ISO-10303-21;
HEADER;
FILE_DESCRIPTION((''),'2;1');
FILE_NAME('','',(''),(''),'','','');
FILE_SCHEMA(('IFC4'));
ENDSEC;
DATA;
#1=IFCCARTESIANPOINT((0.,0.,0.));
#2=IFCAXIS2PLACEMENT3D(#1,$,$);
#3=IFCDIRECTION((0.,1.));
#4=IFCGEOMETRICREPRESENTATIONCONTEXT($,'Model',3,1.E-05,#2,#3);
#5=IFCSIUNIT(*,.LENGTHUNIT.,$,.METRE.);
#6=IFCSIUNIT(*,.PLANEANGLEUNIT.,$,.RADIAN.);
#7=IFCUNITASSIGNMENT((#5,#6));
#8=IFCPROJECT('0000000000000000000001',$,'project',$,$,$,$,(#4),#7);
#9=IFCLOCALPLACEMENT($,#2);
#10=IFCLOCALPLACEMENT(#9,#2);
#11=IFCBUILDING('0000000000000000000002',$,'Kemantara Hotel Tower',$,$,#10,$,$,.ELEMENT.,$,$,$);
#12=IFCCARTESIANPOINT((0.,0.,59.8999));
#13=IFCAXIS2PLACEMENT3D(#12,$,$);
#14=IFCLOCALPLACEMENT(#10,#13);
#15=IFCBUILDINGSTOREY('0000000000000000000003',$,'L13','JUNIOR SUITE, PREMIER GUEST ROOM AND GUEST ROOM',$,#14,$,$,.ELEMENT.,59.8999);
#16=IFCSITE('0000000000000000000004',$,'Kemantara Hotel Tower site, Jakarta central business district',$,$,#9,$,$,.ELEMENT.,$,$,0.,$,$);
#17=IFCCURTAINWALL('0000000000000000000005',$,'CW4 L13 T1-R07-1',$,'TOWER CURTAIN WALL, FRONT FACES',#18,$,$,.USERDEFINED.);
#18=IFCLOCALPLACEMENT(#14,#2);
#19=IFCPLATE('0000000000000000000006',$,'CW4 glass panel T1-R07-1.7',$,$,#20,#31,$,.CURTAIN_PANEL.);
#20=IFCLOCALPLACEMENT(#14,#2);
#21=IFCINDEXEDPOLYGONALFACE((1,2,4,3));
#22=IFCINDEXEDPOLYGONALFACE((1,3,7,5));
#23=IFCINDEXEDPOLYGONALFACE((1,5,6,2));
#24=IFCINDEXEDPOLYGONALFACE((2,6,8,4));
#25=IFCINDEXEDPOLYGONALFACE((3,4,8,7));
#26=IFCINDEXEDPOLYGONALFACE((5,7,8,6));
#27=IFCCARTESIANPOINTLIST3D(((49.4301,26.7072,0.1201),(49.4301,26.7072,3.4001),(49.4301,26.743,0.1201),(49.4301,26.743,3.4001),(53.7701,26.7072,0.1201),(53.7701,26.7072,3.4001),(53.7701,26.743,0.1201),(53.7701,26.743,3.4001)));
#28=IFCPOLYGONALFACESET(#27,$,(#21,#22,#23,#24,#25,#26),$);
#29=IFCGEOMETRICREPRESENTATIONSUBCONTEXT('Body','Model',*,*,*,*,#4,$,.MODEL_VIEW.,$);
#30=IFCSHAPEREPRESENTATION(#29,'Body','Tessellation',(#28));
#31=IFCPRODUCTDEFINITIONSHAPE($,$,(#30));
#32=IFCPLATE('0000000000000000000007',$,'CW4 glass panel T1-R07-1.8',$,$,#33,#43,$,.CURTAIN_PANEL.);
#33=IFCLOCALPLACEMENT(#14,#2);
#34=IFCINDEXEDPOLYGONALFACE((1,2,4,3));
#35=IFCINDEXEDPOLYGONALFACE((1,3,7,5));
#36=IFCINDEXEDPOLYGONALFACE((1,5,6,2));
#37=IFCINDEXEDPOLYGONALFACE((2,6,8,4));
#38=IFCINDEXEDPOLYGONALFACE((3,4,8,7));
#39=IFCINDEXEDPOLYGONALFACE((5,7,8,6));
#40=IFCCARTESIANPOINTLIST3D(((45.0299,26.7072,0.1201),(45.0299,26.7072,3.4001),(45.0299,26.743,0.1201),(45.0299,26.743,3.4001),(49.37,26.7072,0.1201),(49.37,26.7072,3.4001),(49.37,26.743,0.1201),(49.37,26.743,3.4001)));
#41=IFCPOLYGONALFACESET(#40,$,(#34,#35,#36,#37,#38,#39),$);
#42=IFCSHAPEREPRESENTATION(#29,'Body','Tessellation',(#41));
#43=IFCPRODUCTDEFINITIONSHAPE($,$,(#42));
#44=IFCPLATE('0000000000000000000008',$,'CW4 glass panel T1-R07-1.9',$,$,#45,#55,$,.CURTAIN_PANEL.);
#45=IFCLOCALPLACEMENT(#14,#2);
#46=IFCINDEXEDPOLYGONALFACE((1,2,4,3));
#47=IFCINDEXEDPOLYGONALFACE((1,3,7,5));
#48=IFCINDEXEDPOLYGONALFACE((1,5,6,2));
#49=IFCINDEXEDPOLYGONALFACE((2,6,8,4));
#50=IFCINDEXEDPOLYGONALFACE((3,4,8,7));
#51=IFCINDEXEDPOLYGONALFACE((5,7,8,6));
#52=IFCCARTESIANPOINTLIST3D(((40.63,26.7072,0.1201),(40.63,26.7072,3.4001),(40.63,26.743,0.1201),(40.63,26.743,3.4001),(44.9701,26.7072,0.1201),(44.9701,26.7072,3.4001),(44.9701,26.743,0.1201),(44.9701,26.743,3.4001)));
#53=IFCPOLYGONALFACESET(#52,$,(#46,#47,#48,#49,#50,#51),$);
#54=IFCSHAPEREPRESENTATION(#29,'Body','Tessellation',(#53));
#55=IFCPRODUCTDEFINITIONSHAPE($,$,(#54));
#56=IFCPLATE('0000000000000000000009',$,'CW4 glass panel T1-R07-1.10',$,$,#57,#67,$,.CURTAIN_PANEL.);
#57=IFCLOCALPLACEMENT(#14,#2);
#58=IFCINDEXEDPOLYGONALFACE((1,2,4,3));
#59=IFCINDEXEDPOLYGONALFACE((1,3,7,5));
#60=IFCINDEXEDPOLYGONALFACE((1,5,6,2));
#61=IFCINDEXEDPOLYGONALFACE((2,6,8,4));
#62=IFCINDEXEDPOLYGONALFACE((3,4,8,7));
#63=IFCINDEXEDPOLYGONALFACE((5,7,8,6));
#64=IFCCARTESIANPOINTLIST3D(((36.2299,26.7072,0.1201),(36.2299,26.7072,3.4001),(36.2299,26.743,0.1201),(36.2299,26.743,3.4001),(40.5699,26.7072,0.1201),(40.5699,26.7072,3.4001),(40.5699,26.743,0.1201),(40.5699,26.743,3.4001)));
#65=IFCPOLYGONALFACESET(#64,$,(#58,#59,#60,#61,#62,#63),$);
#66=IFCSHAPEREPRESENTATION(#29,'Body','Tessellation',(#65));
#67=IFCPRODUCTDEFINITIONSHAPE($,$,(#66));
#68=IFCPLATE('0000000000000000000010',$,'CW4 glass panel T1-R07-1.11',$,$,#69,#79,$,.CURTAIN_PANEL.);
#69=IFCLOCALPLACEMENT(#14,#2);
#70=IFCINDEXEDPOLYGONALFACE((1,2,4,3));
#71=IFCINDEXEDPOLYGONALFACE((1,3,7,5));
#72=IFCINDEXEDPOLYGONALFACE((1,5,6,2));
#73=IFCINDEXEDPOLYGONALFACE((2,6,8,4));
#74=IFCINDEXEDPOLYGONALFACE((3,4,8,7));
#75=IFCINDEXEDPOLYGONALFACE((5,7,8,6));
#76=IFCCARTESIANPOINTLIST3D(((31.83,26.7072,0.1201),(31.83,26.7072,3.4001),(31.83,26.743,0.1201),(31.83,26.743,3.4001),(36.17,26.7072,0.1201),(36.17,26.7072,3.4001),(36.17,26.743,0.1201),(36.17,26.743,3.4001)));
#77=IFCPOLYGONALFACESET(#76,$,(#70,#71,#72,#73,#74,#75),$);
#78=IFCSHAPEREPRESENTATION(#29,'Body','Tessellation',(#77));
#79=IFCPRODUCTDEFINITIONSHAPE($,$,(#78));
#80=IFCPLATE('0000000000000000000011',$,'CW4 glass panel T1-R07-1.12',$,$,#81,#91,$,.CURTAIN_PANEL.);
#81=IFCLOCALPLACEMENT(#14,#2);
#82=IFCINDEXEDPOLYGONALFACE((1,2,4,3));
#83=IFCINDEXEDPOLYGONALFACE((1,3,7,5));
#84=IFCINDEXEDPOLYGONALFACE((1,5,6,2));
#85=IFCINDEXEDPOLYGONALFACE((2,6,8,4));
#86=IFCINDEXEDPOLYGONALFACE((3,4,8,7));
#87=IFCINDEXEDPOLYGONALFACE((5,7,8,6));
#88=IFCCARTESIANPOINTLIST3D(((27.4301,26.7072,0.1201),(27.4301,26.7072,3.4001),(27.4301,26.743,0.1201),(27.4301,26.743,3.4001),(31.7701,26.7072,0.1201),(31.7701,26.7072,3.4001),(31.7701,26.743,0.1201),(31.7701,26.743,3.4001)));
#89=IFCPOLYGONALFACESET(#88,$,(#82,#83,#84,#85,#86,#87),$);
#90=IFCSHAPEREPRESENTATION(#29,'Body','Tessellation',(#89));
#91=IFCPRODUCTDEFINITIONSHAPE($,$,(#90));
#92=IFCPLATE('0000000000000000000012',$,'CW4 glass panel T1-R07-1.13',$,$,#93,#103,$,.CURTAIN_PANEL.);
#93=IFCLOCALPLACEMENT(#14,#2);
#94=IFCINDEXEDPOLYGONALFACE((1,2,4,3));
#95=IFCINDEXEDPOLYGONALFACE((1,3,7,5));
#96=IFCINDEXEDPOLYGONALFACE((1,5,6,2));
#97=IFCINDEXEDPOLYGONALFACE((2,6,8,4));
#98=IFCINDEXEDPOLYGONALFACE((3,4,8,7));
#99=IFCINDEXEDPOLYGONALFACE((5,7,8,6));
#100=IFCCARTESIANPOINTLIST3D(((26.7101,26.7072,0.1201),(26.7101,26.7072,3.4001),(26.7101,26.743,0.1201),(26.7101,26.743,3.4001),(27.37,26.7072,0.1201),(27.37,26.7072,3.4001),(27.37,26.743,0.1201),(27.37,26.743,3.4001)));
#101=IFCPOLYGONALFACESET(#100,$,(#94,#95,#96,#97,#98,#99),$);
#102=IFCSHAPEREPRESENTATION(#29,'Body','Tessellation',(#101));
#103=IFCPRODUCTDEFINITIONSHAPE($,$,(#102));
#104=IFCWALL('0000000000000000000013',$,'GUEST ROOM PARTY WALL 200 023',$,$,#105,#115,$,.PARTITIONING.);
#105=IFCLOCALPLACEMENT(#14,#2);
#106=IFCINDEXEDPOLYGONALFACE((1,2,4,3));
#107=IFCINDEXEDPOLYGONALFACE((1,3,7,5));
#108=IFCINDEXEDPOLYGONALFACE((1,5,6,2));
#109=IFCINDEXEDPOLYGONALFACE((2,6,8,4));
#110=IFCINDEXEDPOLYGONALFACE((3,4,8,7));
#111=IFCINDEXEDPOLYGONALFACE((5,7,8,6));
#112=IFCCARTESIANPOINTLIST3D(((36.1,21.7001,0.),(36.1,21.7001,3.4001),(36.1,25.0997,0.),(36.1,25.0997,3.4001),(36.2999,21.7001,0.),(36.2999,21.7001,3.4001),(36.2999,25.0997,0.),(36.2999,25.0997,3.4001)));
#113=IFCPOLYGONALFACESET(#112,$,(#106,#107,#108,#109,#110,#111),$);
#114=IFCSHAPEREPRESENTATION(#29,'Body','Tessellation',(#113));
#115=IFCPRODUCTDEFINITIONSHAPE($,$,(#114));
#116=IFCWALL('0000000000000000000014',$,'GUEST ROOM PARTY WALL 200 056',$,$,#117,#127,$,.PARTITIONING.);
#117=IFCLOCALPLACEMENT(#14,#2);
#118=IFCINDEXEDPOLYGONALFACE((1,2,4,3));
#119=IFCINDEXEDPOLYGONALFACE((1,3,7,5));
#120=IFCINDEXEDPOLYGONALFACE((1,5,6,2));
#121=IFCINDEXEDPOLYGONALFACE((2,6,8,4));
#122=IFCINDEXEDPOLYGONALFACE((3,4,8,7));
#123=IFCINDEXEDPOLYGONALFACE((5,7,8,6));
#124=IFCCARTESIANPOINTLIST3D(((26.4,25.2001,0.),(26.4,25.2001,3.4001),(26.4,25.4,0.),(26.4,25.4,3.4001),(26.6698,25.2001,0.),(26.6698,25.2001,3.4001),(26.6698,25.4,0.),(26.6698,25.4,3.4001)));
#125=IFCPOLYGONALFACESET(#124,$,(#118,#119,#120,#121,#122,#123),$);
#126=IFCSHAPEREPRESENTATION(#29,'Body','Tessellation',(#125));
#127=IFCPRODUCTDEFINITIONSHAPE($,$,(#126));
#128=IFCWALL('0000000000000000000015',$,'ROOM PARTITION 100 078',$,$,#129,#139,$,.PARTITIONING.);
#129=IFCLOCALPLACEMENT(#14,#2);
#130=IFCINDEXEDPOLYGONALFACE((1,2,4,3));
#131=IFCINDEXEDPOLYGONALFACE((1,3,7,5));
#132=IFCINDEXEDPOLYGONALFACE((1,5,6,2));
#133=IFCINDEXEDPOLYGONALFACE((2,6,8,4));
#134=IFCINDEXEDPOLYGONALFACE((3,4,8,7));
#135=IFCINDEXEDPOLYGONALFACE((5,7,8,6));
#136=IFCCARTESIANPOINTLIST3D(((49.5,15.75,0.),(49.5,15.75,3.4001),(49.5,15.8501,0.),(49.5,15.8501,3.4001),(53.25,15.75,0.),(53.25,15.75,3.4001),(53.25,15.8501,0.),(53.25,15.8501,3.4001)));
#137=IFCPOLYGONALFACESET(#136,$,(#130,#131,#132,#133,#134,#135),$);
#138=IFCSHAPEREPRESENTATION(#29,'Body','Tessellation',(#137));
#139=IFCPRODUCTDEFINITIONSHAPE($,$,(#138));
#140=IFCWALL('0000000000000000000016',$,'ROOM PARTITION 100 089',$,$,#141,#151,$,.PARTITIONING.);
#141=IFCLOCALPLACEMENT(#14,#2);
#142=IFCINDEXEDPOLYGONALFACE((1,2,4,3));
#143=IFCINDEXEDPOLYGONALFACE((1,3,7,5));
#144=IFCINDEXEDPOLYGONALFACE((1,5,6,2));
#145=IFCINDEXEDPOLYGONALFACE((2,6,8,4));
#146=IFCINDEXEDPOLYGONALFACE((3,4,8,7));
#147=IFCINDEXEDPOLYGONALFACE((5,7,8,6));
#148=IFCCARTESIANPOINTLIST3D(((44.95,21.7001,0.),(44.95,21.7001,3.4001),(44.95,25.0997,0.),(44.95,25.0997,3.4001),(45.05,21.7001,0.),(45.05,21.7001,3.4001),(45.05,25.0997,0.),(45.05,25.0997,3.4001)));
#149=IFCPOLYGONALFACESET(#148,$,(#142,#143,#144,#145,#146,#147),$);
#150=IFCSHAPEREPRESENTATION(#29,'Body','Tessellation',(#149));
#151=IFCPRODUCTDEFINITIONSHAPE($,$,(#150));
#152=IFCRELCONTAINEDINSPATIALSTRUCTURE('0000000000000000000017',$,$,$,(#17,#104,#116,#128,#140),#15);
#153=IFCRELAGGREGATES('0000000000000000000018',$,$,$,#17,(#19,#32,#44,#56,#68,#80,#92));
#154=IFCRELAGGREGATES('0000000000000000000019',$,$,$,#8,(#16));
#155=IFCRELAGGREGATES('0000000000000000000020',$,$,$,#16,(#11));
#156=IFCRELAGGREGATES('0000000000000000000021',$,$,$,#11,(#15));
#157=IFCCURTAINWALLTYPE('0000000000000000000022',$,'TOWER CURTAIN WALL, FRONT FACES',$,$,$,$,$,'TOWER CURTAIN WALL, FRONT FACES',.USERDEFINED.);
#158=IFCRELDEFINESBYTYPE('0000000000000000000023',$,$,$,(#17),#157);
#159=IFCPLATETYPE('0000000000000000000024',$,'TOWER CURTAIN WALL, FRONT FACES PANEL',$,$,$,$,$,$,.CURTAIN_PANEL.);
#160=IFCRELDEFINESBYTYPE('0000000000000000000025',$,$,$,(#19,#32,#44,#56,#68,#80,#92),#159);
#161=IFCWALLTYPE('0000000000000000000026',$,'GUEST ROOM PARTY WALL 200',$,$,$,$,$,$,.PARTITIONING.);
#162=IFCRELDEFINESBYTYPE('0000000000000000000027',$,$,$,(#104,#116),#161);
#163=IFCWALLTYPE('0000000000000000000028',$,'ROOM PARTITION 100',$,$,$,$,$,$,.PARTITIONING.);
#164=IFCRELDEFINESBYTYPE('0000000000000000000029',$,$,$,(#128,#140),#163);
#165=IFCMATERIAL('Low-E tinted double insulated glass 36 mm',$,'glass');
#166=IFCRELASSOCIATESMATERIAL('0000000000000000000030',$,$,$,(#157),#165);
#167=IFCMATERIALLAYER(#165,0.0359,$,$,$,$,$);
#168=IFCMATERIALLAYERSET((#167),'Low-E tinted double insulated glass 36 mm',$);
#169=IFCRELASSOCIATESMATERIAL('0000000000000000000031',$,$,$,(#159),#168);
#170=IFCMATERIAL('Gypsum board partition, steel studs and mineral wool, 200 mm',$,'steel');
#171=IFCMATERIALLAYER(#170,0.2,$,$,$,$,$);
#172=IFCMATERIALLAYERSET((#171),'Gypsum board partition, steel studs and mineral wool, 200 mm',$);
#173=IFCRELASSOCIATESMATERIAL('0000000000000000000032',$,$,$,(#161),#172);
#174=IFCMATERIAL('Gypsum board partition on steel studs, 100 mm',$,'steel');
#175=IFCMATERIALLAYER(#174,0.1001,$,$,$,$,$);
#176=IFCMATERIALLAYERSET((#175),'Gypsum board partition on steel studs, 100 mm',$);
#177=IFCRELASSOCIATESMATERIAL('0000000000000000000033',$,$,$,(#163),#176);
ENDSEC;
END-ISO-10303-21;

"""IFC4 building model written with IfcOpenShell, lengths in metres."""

from ifc_helpers import new_model, si_unit, direction, frame, frame_2d, origin, origin_2d, place, context, subcontext, project, spatial, rectangle, extrude, source, transform, mapped, material, layer, layer_set, type_object, element, aggregate, save


model = new_model("IFC4")

# Units and contexts
model_context = context("Model", 3, precision=1e-05, world=origin(), true_north=direction((0.0, 1.0)))
body_context = subcontext(model_context, "Body", "Model", "MODEL_VIEW")
ifc_project = project(units=[si_unit("LENGTHUNIT", "METRE"), si_unit("PLANEANGLEUNIT", "RADIAN")], contexts=[model_context])

# Site, building, storey
site_placement = place(None, origin())
site = spatial("IfcSite", under=ifc_project, at=site_placement, Name="Kemantara Hotel Tower site, Jakarta central business district", CompositionType="ELEMENT", RefElevation=0.0)
building_placement = place(site_placement, origin())
building = spatial("IfcBuilding", under=site, at=building_placement, Name="Kemantara Hotel Tower", CompositionType="ELEMENT")
storey_placement = place(building_placement, frame((0.0, 0.0, 59.8999)))
storey = spatial("IfcBuildingStorey", under=building, at=storey_placement, Name="L13", Description="JUNIOR SUITE, PREMIER GUEST ROOM AND GUEST ROOM", CompositionType="ELEMENT", Elevation=59.8999)

# Curtain wall, plates
ifc_material_1 = material(Name="Low-E tinted double insulated glass 36 mm", Category="glass")
curtain_wall_type = type_object("IfcCurtainWallType", Name="TOWER CURTAIN WALL, FRONT FACES", ElementType="TOWER CURTAIN WALL, FRONT FACES", PredefinedType="USERDEFINED", material=ifc_material_1)
curtain_wall_placement = place(storey_placement, origin())
curtain_wall = element("IfcCurtainWall", 1, at=curtain_wall_placement, inside=storey, type_object=curtain_wall_type, Name="CW4 L13 T1-R07-1", ObjectType="TOWER CURTAIN WALL, FRONT FACES", PredefinedType="USERDEFINED")
ifc_layer_1 = layer(ifc_material_1, 0.0359)
ifc_layer_set_1 = layer_set([ifc_layer_1], Name="Low-E tinted double insulated glass 36 mm")
plate_type = type_object("IfcPlateType", Name="TOWER CURTAIN WALL, FRONT FACES PANEL", PredefinedType="CURTAIN_PANEL", material=ifc_layer_set_1)
shared_shape_1 = source(origin(), body_context, "Body", "SweptSolid", [
    extrude(rectangle(XDim=4.3401, YDim=0.0359, at=origin_2d()), origin(), (0.0, 0.0, 1.0), 3.28),
])
plate_1_placement = place(storey_placement, frame((51.6001, 26.7251, 0.1201), z_axis=(0.0, 0.0, 1.0), x_axis=(-1.0, 0.0, 0.0)))
plate_1 = element("IfcPlate", 2, at=plate_1_placement, type_object=plate_type, Name="CW4 glass panel T1-R07-1.7", PredefinedType="CURTAIN_PANEL", context=body_context, shape_type="MappedRepresentation", body=[
    mapped(shared_shape_1, transform((0.0, 0.0, 0.0))),
])
plate_2_placement = place(storey_placement, frame((47.2, 26.7251, 0.1201), z_axis=(0.0, 0.0, 1.0), x_axis=(-1.0, 0.0, 0.0)))
plate_2 = element("IfcPlate", 3, at=plate_2_placement, type_object=plate_type, Name="CW4 glass panel T1-R07-1.8", PredefinedType="CURTAIN_PANEL", context=body_context, shape_type="MappedRepresentation", body=[
    mapped(shared_shape_1, transform((0.0, 0.0, 0.0))),
])
plate_3_placement = place(storey_placement, frame((42.8, 26.7251, 0.1201), z_axis=(0.0, 0.0, 1.0), x_axis=(-1.0, 0.0, 0.0)))
plate_3 = element("IfcPlate", 4, at=plate_3_placement, type_object=plate_type, Name="CW4 glass panel T1-R07-1.9", PredefinedType="CURTAIN_PANEL", context=body_context, shape_type="MappedRepresentation", body=[
    mapped(shared_shape_1, transform((0.0, 0.0, 0.0))),
])
plate_4_placement = place(storey_placement, frame((38.3999, 26.7251, 0.1201), z_axis=(0.0, 0.0, 1.0), x_axis=(-1.0, 0.0, 0.0)))
plate_4 = element("IfcPlate", 5, at=plate_4_placement, type_object=plate_type, Name="CW4 glass panel T1-R07-1.10", PredefinedType="CURTAIN_PANEL", context=body_context, shape_type="MappedRepresentation", body=[
    mapped(shared_shape_1, transform((0.0, 0.0, 0.0))),
])
plate_5_placement = place(storey_placement, frame((34.0, 26.7251, 0.1201), z_axis=(0.0, 0.0, 1.0), x_axis=(-1.0, 0.0, 0.0)))
plate_5 = element("IfcPlate", 6, at=plate_5_placement, type_object=plate_type, Name="CW4 glass panel T1-R07-1.11", PredefinedType="CURTAIN_PANEL", context=body_context, shape_type="MappedRepresentation", body=[
    mapped(shared_shape_1, transform((0.0, 0.0, 0.0))),
])
plate_6_placement = place(storey_placement, frame((29.6001, 26.7251, 0.1201), z_axis=(0.0, 0.0, 1.0), x_axis=(-1.0, 0.0, 0.0)))
plate_6 = element("IfcPlate", 7, at=plate_6_placement, type_object=plate_type, Name="CW4 glass panel T1-R07-1.12", PredefinedType="CURTAIN_PANEL", context=body_context, shape_type="MappedRepresentation", body=[
    mapped(shared_shape_1, transform((0.0, 0.0, 0.0))),
])
shared_shape_2 = source(origin(), body_context, "Body", "SweptSolid", [
    extrude(rectangle(XDim=0.6599, YDim=0.0359, at=origin_2d()), origin(), (0.0, 0.0, 1.0), 3.28),
])
plate_7_placement = place(storey_placement, frame((27.04, 26.7251, 0.1201), z_axis=(0.0, 0.0, 1.0), x_axis=(-1.0, 0.0, 0.0)))
plate_7 = element("IfcPlate", 8, at=plate_7_placement, type_object=plate_type, Name="CW4 glass panel T1-R07-1.13", PredefinedType="CURTAIN_PANEL", context=body_context, shape_type="MappedRepresentation", body=[
    mapped(shared_shape_2, transform((0.0, 0.0, 0.0))),
])
aggregate(curtain_wall, [plate_1, plate_2, plate_3, plate_4, plate_5, plate_6, plate_7])

# Walls
ifc_material_2 = material(Name="Gypsum board partition, steel studs and mineral wool, 200 mm", Category="steel")
ifc_layer_2 = layer(ifc_material_2, 0.2)
ifc_layer_set_2 = layer_set([ifc_layer_2], Name="Gypsum board partition, steel studs and mineral wool, 200 mm")
wall_type_1 = type_object("IfcWallType", Name="GUEST ROOM PARTY WALL 200", PredefinedType="PARTITIONING", material=ifc_layer_set_2)
wall_1_placement = place(storey_placement, frame((36.2, 21.7002, 0.0), z_axis=(0.0, 0.0, 1.0), x_axis=(0.0, 1.0, 0.0)))
element("IfcWall", 9, at=wall_1_placement, inside=storey, type_object=wall_type_1, Name="GUEST ROOM PARTY WALL 200 023", PredefinedType="PARTITIONING", context=body_context, shape_type="SweptSolid", body=[
    extrude(rectangle(XDim=3.3997, YDim=0.2, at=frame_2d((1.6997, 0.0))), origin(), (0.0, 0.0, 1.0), 3.4001),
])
wall_2_placement = place(storey_placement, frame((26.4001, 25.3, 0.0), z_axis=(0.0, 0.0, 1.0), x_axis=(1.0, 0.0, 0.0)))
element("IfcWall", 10, at=wall_2_placement, inside=storey, type_object=wall_type_1, Name="GUEST ROOM PARTY WALL 200 056", PredefinedType="PARTITIONING", context=body_context, shape_type="SweptSolid", body=[
    extrude(rectangle(XDim=0.2698, YDim=0.2, at=frame_2d((0.1348, 0.0))), origin(), (0.0, 0.0, 1.0), 3.4001),
])
ifc_material_3 = material(Name="Gypsum board partition on steel studs, 100 mm", Category="steel")
ifc_layer_3 = layer(ifc_material_3, 0.1001)
ifc_layer_set_3 = layer_set([ifc_layer_3], Name="Gypsum board partition on steel studs, 100 mm")
wall_type_2 = type_object("IfcWallType", Name="ROOM PARTITION 100", PredefinedType="PARTITIONING", material=ifc_layer_set_3)
wall_3_placement = place(storey_placement, frame((49.5, 15.8, 0.0), z_axis=(0.0, 0.0, 1.0), x_axis=(1.0, 0.0, 0.0)))
element("IfcWall", 11, at=wall_3_placement, inside=storey, type_object=wall_type_2, Name="ROOM PARTITION 100 078", PredefinedType="PARTITIONING", context=body_context, shape_type="SweptSolid", body=[
    extrude(rectangle(XDim=3.75, YDim=0.1001, at=frame_2d((1.875, 0.0))), origin(), (0.0, 0.0, 1.0), 3.4001),
])
wall_4_placement = place(storey_placement, frame((45.0, 21.7002, 0.0), z_axis=(0.0, 0.0, 1.0), x_axis=(0.0, 1.0, 0.0)))
element("IfcWall", 12, at=wall_4_placement, inside=storey, type_object=wall_type_2, Name="ROOM PARTITION 100 089", PredefinedType="PARTITIONING", context=body_context, shape_type="SweptSolid", body=[
    extrude(rectangle(XDim=3.3997, YDim=0.1001, at=frame_2d((1.6997, 0.0))), origin(), (0.0, 0.0, 1.0), 3.4001),
])

save(model, "model.ifc")
